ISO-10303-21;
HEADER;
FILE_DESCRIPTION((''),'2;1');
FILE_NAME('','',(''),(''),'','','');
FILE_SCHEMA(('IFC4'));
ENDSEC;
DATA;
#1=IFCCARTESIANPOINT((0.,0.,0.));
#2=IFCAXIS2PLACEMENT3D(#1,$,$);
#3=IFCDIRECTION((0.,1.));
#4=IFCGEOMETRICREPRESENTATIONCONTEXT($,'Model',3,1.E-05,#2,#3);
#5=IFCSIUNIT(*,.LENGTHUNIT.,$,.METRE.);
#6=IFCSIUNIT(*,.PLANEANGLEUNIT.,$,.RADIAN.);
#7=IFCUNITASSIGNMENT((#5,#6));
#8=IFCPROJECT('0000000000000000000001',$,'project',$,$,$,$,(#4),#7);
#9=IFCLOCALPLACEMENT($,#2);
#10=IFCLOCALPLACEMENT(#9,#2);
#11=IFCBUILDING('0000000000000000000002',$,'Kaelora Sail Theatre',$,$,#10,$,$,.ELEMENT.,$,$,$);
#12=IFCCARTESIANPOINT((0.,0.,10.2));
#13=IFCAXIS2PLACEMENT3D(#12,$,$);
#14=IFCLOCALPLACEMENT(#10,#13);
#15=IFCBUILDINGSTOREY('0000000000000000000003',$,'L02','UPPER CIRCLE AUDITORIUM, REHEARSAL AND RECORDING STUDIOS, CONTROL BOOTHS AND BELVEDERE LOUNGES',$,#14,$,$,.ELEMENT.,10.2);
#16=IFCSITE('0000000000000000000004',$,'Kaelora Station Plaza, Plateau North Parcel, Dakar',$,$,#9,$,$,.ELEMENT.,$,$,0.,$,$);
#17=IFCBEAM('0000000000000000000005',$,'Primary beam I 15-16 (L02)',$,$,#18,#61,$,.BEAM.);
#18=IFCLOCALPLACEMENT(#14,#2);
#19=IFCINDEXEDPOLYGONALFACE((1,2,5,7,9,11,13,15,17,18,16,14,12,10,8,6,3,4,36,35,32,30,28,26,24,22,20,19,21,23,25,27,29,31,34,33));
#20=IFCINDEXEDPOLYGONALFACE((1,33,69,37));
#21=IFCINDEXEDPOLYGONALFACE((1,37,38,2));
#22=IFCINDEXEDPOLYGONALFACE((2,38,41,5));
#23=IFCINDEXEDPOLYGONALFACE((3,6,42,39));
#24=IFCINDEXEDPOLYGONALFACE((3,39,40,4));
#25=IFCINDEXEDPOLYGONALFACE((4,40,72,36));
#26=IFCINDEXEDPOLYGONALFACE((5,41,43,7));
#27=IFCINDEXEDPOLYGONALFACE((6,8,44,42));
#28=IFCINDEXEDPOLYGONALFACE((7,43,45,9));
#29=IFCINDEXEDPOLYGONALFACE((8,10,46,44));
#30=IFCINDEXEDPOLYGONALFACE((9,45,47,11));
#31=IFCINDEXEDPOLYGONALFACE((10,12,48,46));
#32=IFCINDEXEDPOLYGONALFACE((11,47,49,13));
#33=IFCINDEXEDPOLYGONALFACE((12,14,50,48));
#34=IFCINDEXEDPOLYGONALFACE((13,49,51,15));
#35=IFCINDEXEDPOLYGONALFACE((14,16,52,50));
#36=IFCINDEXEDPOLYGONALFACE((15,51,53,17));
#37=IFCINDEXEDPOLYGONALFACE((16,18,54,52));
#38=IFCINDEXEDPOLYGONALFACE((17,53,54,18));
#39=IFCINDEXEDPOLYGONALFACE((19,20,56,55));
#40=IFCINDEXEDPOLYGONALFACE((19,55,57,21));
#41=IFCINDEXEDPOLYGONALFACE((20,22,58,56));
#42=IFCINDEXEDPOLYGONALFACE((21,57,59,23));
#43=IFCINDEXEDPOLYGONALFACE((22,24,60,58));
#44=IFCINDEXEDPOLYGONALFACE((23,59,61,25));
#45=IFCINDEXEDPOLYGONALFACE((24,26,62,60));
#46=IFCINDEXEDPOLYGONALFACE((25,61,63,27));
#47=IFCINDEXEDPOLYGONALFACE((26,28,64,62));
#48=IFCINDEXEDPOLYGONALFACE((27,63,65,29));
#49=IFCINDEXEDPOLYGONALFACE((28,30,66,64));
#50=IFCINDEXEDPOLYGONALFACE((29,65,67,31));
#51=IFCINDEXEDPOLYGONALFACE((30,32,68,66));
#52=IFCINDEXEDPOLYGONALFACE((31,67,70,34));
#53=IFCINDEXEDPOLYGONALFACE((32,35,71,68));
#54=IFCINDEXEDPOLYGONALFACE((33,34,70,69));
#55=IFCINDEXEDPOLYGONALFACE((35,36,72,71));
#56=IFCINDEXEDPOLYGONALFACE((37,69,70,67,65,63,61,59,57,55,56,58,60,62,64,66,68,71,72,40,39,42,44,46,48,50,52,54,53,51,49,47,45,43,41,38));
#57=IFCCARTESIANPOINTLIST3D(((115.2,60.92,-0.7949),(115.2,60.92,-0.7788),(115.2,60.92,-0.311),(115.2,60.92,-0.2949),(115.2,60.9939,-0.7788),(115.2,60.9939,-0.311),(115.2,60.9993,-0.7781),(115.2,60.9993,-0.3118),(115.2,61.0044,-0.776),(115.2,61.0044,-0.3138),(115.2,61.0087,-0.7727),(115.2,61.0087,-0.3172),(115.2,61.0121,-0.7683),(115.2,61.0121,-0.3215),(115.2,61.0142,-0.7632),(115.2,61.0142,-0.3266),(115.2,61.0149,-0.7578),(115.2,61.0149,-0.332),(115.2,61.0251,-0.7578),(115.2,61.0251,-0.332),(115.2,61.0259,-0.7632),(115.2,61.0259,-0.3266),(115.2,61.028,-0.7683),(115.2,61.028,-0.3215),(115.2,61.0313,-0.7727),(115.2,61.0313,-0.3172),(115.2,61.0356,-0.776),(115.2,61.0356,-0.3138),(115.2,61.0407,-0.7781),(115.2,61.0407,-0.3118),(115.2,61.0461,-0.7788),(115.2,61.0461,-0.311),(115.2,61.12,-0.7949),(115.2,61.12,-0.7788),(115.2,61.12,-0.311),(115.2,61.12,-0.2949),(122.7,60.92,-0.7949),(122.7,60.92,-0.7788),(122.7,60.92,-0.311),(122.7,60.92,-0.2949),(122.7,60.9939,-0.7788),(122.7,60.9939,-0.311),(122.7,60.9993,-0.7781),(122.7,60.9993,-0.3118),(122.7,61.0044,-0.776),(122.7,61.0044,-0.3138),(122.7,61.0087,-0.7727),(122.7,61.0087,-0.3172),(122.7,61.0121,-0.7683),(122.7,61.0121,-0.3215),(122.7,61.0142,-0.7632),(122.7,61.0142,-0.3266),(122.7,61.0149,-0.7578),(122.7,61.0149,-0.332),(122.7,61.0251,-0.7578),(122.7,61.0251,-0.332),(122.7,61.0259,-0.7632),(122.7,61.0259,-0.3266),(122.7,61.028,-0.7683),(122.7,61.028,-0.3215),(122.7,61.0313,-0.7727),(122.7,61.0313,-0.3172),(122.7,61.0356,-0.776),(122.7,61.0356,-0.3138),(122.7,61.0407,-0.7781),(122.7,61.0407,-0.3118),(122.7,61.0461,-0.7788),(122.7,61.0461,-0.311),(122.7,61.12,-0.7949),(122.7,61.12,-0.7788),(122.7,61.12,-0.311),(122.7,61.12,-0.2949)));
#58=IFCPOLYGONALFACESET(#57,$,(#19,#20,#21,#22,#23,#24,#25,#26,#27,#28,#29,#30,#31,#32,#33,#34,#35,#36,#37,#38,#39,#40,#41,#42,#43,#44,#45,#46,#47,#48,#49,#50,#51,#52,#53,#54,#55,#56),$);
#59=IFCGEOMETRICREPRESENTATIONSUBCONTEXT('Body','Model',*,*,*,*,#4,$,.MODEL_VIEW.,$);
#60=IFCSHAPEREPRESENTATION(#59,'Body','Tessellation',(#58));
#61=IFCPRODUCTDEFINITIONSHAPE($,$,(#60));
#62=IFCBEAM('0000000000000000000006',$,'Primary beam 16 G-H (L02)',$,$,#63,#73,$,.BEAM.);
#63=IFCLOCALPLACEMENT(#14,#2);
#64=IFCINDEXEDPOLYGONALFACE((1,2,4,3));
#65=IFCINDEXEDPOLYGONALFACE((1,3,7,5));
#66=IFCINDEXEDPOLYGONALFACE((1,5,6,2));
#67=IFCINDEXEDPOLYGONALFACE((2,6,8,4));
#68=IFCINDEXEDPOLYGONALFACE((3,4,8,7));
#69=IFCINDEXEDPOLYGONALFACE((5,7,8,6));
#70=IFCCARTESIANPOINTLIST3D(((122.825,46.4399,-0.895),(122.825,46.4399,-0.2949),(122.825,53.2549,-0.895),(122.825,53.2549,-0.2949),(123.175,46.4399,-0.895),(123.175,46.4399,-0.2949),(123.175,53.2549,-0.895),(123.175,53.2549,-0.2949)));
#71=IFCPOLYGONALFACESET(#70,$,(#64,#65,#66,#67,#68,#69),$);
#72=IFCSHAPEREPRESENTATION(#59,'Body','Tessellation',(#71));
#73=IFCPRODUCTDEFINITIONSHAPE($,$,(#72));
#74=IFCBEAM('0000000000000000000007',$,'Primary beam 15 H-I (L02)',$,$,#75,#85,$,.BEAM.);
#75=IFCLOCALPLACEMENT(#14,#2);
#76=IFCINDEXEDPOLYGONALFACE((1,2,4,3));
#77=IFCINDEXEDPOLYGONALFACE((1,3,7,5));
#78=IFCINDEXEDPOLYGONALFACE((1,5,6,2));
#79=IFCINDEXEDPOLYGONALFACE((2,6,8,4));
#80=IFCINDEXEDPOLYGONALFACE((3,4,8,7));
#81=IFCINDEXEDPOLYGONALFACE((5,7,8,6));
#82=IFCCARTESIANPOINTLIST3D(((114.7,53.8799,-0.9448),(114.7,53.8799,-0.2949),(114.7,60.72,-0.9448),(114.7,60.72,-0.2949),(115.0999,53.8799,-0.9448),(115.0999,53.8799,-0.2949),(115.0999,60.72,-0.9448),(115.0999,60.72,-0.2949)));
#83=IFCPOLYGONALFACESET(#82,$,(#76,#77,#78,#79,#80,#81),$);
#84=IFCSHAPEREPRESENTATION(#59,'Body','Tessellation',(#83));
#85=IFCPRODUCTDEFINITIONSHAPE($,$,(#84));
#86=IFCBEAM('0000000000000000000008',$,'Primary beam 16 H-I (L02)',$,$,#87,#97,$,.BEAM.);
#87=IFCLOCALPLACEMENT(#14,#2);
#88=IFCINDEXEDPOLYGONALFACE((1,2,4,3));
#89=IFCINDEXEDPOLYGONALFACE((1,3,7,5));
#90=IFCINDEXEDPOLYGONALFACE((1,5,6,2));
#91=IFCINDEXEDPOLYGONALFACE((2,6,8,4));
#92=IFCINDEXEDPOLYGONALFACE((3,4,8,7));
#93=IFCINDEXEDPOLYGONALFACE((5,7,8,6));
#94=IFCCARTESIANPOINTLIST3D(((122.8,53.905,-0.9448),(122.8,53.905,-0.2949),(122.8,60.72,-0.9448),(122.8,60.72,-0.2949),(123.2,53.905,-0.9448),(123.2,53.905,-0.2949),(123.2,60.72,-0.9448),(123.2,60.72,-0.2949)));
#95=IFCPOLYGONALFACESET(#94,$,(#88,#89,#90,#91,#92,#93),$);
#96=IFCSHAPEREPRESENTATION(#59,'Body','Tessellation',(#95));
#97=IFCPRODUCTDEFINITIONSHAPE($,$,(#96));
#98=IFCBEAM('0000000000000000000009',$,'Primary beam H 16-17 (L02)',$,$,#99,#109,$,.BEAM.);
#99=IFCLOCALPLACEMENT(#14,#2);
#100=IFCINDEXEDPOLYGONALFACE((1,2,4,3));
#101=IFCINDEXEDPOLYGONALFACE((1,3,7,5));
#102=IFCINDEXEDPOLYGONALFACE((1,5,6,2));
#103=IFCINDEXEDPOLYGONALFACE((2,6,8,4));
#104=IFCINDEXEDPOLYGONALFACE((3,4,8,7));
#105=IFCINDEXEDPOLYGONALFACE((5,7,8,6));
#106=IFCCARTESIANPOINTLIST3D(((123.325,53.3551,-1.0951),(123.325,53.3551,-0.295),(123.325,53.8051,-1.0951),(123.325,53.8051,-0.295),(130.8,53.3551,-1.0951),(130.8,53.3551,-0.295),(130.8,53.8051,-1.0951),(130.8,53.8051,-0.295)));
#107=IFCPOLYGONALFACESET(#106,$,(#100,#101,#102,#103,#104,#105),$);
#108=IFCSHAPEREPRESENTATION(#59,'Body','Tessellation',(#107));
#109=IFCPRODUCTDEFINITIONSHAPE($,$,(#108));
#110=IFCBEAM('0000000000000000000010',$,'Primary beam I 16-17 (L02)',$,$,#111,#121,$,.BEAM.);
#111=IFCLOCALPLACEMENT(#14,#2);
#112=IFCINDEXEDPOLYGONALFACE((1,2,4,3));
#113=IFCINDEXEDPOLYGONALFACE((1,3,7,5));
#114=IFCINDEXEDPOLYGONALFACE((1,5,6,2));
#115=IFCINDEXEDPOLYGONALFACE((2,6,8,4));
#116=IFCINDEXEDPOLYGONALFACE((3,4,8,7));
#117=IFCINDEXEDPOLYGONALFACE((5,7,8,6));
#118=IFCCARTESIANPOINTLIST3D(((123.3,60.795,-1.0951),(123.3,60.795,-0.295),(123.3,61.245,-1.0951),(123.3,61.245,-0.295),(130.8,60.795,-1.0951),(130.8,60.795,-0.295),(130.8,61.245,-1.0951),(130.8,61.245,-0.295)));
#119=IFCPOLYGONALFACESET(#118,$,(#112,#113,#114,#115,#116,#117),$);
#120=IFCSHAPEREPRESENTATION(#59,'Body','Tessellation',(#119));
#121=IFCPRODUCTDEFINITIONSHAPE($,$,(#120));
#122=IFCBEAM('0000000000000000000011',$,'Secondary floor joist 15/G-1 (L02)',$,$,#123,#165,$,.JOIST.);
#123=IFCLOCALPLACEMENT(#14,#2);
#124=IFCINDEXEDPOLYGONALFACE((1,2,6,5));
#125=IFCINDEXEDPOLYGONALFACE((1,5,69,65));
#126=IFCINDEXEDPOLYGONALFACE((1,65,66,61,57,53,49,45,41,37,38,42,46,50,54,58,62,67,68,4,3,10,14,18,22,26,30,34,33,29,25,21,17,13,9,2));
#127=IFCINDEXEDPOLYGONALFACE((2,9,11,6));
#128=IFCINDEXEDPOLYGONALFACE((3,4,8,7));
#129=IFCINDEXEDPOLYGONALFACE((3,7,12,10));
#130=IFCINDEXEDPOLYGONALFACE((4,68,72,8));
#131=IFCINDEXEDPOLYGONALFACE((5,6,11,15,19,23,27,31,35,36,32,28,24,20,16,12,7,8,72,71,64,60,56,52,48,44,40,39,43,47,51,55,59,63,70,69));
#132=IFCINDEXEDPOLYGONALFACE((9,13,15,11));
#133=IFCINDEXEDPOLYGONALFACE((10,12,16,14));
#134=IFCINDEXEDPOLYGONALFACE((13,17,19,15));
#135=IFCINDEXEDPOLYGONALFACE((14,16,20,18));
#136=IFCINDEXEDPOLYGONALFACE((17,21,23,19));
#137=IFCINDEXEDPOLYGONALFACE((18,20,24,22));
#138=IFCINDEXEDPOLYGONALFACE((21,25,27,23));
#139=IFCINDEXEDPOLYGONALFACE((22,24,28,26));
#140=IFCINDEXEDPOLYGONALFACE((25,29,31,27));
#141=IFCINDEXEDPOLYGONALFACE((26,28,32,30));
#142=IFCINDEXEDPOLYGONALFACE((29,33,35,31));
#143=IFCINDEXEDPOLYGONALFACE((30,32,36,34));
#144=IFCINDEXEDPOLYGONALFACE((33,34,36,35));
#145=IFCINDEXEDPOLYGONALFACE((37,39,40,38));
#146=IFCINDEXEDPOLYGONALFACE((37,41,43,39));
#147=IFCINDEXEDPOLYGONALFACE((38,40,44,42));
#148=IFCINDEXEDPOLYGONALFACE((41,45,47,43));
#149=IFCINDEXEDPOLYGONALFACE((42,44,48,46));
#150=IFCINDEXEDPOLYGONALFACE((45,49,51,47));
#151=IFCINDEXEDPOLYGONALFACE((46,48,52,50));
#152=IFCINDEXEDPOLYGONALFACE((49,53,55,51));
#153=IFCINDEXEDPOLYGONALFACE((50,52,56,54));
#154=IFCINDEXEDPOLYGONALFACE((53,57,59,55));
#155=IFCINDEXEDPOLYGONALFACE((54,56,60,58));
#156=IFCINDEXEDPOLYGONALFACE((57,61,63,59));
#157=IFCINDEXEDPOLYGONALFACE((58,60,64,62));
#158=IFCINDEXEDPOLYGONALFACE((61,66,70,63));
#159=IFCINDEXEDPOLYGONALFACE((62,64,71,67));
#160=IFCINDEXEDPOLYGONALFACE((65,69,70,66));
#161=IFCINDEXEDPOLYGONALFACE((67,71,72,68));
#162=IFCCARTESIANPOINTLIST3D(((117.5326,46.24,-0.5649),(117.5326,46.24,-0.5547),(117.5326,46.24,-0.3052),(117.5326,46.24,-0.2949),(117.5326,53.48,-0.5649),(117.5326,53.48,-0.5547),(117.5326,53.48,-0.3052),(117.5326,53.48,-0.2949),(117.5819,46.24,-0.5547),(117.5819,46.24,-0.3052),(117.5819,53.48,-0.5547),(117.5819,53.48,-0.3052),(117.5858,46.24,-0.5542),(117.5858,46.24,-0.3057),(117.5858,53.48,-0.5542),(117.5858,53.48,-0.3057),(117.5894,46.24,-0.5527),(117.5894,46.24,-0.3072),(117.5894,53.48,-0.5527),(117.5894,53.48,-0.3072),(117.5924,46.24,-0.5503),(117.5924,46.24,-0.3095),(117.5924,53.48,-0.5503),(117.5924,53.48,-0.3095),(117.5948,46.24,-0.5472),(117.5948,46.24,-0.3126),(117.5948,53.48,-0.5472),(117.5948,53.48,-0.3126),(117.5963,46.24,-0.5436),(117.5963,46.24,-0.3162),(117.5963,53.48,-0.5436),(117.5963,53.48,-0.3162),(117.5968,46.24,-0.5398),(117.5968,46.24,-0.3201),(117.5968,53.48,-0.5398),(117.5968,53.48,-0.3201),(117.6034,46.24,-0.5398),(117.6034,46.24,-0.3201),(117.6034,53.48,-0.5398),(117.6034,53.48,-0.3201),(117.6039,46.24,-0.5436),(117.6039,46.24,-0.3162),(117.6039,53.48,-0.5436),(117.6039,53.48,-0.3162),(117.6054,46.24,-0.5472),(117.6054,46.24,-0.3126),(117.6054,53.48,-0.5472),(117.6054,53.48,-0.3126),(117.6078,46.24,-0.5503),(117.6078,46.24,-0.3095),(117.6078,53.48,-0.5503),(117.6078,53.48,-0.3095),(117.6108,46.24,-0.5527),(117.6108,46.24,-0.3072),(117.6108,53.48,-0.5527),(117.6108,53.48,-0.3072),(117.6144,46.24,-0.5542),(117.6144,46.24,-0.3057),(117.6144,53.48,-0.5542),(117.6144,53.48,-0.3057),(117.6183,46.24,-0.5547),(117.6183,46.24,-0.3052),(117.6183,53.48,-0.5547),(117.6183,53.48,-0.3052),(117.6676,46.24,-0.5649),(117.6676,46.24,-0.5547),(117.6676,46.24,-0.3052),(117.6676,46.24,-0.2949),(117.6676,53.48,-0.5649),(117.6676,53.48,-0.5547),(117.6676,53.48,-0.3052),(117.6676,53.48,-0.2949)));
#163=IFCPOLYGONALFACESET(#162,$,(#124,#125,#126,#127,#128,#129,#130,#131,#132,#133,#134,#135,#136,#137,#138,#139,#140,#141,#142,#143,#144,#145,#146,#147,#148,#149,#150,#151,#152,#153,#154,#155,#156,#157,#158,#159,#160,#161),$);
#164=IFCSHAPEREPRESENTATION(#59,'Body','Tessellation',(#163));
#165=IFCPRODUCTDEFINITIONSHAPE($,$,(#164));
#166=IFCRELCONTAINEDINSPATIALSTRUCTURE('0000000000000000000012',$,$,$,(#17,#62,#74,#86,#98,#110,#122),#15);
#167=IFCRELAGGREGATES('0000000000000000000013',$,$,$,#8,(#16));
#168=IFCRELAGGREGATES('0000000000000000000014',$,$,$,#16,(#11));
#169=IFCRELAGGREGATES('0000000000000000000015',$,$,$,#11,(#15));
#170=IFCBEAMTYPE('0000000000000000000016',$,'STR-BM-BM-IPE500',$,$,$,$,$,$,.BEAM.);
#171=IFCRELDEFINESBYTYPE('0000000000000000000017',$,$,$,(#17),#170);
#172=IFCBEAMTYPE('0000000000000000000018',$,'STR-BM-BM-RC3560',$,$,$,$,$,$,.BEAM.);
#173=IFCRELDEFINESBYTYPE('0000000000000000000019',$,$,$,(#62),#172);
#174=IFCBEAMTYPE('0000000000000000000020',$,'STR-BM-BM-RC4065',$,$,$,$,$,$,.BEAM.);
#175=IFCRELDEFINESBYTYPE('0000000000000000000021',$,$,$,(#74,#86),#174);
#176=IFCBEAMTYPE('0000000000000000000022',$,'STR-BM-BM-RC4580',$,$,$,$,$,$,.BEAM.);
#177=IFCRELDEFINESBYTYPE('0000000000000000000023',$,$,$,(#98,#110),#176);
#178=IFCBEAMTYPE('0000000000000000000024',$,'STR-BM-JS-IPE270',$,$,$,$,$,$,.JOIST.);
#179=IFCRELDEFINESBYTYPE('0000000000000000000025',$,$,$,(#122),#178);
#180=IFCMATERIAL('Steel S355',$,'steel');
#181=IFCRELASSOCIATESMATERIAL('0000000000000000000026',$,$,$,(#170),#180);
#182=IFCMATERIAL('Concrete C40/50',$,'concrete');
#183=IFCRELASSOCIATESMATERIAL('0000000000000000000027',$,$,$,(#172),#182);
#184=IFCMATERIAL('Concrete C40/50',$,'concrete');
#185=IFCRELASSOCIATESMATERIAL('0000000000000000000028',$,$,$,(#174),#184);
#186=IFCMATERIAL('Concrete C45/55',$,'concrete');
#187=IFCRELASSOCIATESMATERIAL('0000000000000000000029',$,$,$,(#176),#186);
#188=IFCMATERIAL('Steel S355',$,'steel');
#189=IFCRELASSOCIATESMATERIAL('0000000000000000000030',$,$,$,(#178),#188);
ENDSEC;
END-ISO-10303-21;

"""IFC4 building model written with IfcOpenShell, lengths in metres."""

from ifc_helpers import new_model, si_unit, direction, frame, origin, origin_2d, place, context, subcontext, project, spatial, rectangle, i_section, extrude, material, material_profile, profile_set, type_object, element, save


model = new_model("IFC4")

# Units and contexts
model_context = context("Model", 3, precision=1e-05, world=origin(), true_north=direction((0.0, 1.0)))
body_context = subcontext(model_context, "Body", "Model", "MODEL_VIEW")
ifc_project = project(units=[si_unit("LENGTHUNIT", "METRE"), si_unit("PLANEANGLEUNIT", "RADIAN")], contexts=[model_context])

# Site, building, storey
site_placement = place(None, origin())
site = spatial("IfcSite", under=ifc_project, at=site_placement, Name="Kaelora Station Plaza, Plateau North Parcel, Dakar", CompositionType="ELEMENT", RefElevation=0.0)
building_placement = place(site_placement, origin())
building = spatial("IfcBuilding", under=site, at=building_placement, Name="Kaelora Sail Theatre", CompositionType="ELEMENT")
storey_placement = place(building_placement, frame((0.0, 0.0, 10.2)))
storey = spatial("IfcBuildingStorey", under=building, at=storey_placement, Name="L02", Description="UPPER CIRCLE AUDITORIUM, REHEARSAL AND RECORDING STUDIOS, CONTROL BOOTHS AND BELVEDERE LOUNGES", CompositionType="ELEMENT", Elevation=10.2)

# Beams
ifc_material_1 = material(Name="Steel S355", Category="steel")
ifc_material_profile_1 = material_profile(ifc_material_1, i_section(OverallWidth=0.2, OverallDepth=0.5, WebThickness=0.0103, FlangeThickness=0.0161, FilletRadius=0.021, at=origin_2d()), Name="IPE 500")
ifc_profile_set_1 = profile_set([ifc_material_profile_1], Name="Steel S355")
beam_type_1 = type_object("IfcBeamType", Name="STR-BM-BM-IPE500", PredefinedType="BEAM", material=ifc_profile_set_1)
beam_1_placement = place(storey_placement, frame((115.2, 61.02, -0.5449), z_axis=(1.0, 0.0, 0.0), x_axis=(0.0, 1.0, 0.0)))
element("IfcBeam", 1, at=beam_1_placement, inside=storey, type_object=beam_type_1, Name="Primary beam I 15-16 (L02)", PredefinedType="BEAM", context=body_context, shape_type="SweptSolid", body=[
    extrude(i_section(OverallWidth=0.2, OverallDepth=0.5, WebThickness=0.0103, FlangeThickness=0.0161, FilletRadius=0.021, at=origin_2d()), origin(), (0.0, 0.0, 1.0), 7.5),
])
ifc_material_2 = material(Name="Concrete C40/50", Category="concrete")
ifc_material_profile_2 = material_profile(ifc_material_2, rectangle(XDim=0.3501, YDim=0.6001, at=origin_2d()), Name="RC-BM 350x600")
ifc_profile_set_2 = profile_set([ifc_material_profile_2], Name="Concrete C40/50")
beam_type_2 = type_object("IfcBeamType", Name="STR-BM-BM-RC3560", PredefinedType="BEAM", material=ifc_profile_set_2)
beam_2_placement = place(storey_placement, frame((123.0, 46.4399, -0.595), z_axis=(0.0, 1.0, 0.0), x_axis=(-1.0, 0.0, 0.0)))
element("IfcBeam", 2, at=beam_2_placement, inside=storey, type_object=beam_type_2, Name="Primary beam 16 G-H (L02)", PredefinedType="BEAM", context=body_context, shape_type="SweptSolid", body=[
    extrude(rectangle(XDim=0.3501, YDim=0.6001, at=origin_2d()), origin(), (0.0, 0.0, 1.0), 6.8149),
])
ifc_material_3 = material(Name="Concrete C40/50", Category="concrete")
ifc_material_profile_3 = material_profile(ifc_material_3, rectangle(XDim=0.3999, YDim=0.6499, at=origin_2d()), Name="RC-BM 400x650")
ifc_profile_set_3 = profile_set([ifc_material_profile_3], Name="Concrete C40/50")
beam_type_3 = type_object("IfcBeamType", Name="STR-BM-BM-RC4065", PredefinedType="BEAM", material=ifc_profile_set_3)
beam_3_placement = place(storey_placement, frame((114.8999, 53.8799, -0.6199), z_axis=(0.0, 1.0, 0.0), x_axis=(-1.0, 0.0, 0.0)))
element("IfcBeam", 3, at=beam_3_placement, inside=storey, type_object=beam_type_3, Name="Primary beam 15 H-I (L02)", PredefinedType="BEAM", context=body_context, shape_type="SweptSolid", body=[
    extrude(rectangle(XDim=0.3999, YDim=0.6499, at=origin_2d()), origin(), (0.0, 0.0, 1.0), 6.8401),
])
beam_4_placement = place(storey_placement, frame((123.0, 53.905, -0.6199), z_axis=(0.0, 1.0, 0.0), x_axis=(-1.0, 0.0, 0.0)))
element("IfcBeam", 4, at=beam_4_placement, inside=storey, type_object=beam_type_3, Name="Primary beam 16 H-I (L02)", PredefinedType="BEAM", context=body_context, shape_type="SweptSolid", body=[
    extrude(rectangle(XDim=0.3999, YDim=0.6499, at=origin_2d()), origin(), (0.0, 0.0, 1.0), 6.8149),
])
ifc_material_4 = material(Name="Concrete C45/55", Category="concrete")
ifc_material_profile_4 = material_profile(ifc_material_4, rectangle(XDim=0.45, YDim=0.8, at=origin_2d()), Name="RC-BM 450x800")
ifc_profile_set_4 = profile_set([ifc_material_profile_4], Name="Concrete C45/55")
beam_type_4 = type_object("IfcBeamType", Name="STR-BM-BM-RC4580", PredefinedType="BEAM", material=ifc_profile_set_4)
beam_5_placement = place(storey_placement, frame((123.325, 53.5801, -0.6951), z_axis=(1.0, 0.0, 0.0), x_axis=(0.0, 1.0, 0.0)))
element("IfcBeam", 5, at=beam_5_placement, inside=storey, type_object=beam_type_4, Name="Primary beam H 16-17 (L02)", PredefinedType="BEAM", context=body_context, shape_type="SweptSolid", body=[
    extrude(rectangle(XDim=0.45, YDim=0.8, at=origin_2d()), origin(), (0.0, 0.0, 1.0), 7.4751),
])
beam_6_placement = place(storey_placement, frame((123.3, 61.02, -0.6951), z_axis=(1.0, 0.0, 0.0), x_axis=(0.0, 1.0, 0.0)))
element("IfcBeam", 6, at=beam_6_placement, inside=storey, type_object=beam_type_4, Name="Primary beam I 16-17 (L02)", PredefinedType="BEAM", context=body_context, shape_type="SweptSolid", body=[
    extrude(rectangle(XDim=0.45, YDim=0.8, at=origin_2d()), origin(), (0.0, 0.0, 1.0), 7.5),
])
ifc_material_5 = material(Name="Steel S355", Category="steel")
ifc_material_profile_5 = material_profile(ifc_material_5, i_section(OverallWidth=0.135, OverallDepth=0.27, WebThickness=0.0066, FlangeThickness=0.0103, FilletRadius=0.0149, at=origin_2d()), Name="IPE 270")
ifc_profile_set_5 = profile_set([ifc_material_profile_5], Name="Steel S355")
beam_type_5 = type_object("IfcBeamType", Name="STR-BM-JS-IPE270", PredefinedType="JOIST", material=ifc_profile_set_5)
beam_7_placement = place(storey_placement, frame((117.6001, 46.24, -0.4299), z_axis=(0.0, 1.0, 0.0), x_axis=(-1.0, 0.0, 0.0)))
element("IfcBeam", 7, at=beam_7_placement, inside=storey, type_object=beam_type_5, Name="Secondary floor joist 15/G-1 (L02)", PredefinedType="JOIST", context=body_context, shape_type="SweptSolid", body=[
    extrude(i_section(OverallWidth=0.135, OverallDepth=0.27, WebThickness=0.0066, FlangeThickness=0.0103, FilletRadius=0.0149, at=origin_2d()), origin(), (0.0, 0.0, 1.0), 7.24),
])

save(model, "model.ifc")
